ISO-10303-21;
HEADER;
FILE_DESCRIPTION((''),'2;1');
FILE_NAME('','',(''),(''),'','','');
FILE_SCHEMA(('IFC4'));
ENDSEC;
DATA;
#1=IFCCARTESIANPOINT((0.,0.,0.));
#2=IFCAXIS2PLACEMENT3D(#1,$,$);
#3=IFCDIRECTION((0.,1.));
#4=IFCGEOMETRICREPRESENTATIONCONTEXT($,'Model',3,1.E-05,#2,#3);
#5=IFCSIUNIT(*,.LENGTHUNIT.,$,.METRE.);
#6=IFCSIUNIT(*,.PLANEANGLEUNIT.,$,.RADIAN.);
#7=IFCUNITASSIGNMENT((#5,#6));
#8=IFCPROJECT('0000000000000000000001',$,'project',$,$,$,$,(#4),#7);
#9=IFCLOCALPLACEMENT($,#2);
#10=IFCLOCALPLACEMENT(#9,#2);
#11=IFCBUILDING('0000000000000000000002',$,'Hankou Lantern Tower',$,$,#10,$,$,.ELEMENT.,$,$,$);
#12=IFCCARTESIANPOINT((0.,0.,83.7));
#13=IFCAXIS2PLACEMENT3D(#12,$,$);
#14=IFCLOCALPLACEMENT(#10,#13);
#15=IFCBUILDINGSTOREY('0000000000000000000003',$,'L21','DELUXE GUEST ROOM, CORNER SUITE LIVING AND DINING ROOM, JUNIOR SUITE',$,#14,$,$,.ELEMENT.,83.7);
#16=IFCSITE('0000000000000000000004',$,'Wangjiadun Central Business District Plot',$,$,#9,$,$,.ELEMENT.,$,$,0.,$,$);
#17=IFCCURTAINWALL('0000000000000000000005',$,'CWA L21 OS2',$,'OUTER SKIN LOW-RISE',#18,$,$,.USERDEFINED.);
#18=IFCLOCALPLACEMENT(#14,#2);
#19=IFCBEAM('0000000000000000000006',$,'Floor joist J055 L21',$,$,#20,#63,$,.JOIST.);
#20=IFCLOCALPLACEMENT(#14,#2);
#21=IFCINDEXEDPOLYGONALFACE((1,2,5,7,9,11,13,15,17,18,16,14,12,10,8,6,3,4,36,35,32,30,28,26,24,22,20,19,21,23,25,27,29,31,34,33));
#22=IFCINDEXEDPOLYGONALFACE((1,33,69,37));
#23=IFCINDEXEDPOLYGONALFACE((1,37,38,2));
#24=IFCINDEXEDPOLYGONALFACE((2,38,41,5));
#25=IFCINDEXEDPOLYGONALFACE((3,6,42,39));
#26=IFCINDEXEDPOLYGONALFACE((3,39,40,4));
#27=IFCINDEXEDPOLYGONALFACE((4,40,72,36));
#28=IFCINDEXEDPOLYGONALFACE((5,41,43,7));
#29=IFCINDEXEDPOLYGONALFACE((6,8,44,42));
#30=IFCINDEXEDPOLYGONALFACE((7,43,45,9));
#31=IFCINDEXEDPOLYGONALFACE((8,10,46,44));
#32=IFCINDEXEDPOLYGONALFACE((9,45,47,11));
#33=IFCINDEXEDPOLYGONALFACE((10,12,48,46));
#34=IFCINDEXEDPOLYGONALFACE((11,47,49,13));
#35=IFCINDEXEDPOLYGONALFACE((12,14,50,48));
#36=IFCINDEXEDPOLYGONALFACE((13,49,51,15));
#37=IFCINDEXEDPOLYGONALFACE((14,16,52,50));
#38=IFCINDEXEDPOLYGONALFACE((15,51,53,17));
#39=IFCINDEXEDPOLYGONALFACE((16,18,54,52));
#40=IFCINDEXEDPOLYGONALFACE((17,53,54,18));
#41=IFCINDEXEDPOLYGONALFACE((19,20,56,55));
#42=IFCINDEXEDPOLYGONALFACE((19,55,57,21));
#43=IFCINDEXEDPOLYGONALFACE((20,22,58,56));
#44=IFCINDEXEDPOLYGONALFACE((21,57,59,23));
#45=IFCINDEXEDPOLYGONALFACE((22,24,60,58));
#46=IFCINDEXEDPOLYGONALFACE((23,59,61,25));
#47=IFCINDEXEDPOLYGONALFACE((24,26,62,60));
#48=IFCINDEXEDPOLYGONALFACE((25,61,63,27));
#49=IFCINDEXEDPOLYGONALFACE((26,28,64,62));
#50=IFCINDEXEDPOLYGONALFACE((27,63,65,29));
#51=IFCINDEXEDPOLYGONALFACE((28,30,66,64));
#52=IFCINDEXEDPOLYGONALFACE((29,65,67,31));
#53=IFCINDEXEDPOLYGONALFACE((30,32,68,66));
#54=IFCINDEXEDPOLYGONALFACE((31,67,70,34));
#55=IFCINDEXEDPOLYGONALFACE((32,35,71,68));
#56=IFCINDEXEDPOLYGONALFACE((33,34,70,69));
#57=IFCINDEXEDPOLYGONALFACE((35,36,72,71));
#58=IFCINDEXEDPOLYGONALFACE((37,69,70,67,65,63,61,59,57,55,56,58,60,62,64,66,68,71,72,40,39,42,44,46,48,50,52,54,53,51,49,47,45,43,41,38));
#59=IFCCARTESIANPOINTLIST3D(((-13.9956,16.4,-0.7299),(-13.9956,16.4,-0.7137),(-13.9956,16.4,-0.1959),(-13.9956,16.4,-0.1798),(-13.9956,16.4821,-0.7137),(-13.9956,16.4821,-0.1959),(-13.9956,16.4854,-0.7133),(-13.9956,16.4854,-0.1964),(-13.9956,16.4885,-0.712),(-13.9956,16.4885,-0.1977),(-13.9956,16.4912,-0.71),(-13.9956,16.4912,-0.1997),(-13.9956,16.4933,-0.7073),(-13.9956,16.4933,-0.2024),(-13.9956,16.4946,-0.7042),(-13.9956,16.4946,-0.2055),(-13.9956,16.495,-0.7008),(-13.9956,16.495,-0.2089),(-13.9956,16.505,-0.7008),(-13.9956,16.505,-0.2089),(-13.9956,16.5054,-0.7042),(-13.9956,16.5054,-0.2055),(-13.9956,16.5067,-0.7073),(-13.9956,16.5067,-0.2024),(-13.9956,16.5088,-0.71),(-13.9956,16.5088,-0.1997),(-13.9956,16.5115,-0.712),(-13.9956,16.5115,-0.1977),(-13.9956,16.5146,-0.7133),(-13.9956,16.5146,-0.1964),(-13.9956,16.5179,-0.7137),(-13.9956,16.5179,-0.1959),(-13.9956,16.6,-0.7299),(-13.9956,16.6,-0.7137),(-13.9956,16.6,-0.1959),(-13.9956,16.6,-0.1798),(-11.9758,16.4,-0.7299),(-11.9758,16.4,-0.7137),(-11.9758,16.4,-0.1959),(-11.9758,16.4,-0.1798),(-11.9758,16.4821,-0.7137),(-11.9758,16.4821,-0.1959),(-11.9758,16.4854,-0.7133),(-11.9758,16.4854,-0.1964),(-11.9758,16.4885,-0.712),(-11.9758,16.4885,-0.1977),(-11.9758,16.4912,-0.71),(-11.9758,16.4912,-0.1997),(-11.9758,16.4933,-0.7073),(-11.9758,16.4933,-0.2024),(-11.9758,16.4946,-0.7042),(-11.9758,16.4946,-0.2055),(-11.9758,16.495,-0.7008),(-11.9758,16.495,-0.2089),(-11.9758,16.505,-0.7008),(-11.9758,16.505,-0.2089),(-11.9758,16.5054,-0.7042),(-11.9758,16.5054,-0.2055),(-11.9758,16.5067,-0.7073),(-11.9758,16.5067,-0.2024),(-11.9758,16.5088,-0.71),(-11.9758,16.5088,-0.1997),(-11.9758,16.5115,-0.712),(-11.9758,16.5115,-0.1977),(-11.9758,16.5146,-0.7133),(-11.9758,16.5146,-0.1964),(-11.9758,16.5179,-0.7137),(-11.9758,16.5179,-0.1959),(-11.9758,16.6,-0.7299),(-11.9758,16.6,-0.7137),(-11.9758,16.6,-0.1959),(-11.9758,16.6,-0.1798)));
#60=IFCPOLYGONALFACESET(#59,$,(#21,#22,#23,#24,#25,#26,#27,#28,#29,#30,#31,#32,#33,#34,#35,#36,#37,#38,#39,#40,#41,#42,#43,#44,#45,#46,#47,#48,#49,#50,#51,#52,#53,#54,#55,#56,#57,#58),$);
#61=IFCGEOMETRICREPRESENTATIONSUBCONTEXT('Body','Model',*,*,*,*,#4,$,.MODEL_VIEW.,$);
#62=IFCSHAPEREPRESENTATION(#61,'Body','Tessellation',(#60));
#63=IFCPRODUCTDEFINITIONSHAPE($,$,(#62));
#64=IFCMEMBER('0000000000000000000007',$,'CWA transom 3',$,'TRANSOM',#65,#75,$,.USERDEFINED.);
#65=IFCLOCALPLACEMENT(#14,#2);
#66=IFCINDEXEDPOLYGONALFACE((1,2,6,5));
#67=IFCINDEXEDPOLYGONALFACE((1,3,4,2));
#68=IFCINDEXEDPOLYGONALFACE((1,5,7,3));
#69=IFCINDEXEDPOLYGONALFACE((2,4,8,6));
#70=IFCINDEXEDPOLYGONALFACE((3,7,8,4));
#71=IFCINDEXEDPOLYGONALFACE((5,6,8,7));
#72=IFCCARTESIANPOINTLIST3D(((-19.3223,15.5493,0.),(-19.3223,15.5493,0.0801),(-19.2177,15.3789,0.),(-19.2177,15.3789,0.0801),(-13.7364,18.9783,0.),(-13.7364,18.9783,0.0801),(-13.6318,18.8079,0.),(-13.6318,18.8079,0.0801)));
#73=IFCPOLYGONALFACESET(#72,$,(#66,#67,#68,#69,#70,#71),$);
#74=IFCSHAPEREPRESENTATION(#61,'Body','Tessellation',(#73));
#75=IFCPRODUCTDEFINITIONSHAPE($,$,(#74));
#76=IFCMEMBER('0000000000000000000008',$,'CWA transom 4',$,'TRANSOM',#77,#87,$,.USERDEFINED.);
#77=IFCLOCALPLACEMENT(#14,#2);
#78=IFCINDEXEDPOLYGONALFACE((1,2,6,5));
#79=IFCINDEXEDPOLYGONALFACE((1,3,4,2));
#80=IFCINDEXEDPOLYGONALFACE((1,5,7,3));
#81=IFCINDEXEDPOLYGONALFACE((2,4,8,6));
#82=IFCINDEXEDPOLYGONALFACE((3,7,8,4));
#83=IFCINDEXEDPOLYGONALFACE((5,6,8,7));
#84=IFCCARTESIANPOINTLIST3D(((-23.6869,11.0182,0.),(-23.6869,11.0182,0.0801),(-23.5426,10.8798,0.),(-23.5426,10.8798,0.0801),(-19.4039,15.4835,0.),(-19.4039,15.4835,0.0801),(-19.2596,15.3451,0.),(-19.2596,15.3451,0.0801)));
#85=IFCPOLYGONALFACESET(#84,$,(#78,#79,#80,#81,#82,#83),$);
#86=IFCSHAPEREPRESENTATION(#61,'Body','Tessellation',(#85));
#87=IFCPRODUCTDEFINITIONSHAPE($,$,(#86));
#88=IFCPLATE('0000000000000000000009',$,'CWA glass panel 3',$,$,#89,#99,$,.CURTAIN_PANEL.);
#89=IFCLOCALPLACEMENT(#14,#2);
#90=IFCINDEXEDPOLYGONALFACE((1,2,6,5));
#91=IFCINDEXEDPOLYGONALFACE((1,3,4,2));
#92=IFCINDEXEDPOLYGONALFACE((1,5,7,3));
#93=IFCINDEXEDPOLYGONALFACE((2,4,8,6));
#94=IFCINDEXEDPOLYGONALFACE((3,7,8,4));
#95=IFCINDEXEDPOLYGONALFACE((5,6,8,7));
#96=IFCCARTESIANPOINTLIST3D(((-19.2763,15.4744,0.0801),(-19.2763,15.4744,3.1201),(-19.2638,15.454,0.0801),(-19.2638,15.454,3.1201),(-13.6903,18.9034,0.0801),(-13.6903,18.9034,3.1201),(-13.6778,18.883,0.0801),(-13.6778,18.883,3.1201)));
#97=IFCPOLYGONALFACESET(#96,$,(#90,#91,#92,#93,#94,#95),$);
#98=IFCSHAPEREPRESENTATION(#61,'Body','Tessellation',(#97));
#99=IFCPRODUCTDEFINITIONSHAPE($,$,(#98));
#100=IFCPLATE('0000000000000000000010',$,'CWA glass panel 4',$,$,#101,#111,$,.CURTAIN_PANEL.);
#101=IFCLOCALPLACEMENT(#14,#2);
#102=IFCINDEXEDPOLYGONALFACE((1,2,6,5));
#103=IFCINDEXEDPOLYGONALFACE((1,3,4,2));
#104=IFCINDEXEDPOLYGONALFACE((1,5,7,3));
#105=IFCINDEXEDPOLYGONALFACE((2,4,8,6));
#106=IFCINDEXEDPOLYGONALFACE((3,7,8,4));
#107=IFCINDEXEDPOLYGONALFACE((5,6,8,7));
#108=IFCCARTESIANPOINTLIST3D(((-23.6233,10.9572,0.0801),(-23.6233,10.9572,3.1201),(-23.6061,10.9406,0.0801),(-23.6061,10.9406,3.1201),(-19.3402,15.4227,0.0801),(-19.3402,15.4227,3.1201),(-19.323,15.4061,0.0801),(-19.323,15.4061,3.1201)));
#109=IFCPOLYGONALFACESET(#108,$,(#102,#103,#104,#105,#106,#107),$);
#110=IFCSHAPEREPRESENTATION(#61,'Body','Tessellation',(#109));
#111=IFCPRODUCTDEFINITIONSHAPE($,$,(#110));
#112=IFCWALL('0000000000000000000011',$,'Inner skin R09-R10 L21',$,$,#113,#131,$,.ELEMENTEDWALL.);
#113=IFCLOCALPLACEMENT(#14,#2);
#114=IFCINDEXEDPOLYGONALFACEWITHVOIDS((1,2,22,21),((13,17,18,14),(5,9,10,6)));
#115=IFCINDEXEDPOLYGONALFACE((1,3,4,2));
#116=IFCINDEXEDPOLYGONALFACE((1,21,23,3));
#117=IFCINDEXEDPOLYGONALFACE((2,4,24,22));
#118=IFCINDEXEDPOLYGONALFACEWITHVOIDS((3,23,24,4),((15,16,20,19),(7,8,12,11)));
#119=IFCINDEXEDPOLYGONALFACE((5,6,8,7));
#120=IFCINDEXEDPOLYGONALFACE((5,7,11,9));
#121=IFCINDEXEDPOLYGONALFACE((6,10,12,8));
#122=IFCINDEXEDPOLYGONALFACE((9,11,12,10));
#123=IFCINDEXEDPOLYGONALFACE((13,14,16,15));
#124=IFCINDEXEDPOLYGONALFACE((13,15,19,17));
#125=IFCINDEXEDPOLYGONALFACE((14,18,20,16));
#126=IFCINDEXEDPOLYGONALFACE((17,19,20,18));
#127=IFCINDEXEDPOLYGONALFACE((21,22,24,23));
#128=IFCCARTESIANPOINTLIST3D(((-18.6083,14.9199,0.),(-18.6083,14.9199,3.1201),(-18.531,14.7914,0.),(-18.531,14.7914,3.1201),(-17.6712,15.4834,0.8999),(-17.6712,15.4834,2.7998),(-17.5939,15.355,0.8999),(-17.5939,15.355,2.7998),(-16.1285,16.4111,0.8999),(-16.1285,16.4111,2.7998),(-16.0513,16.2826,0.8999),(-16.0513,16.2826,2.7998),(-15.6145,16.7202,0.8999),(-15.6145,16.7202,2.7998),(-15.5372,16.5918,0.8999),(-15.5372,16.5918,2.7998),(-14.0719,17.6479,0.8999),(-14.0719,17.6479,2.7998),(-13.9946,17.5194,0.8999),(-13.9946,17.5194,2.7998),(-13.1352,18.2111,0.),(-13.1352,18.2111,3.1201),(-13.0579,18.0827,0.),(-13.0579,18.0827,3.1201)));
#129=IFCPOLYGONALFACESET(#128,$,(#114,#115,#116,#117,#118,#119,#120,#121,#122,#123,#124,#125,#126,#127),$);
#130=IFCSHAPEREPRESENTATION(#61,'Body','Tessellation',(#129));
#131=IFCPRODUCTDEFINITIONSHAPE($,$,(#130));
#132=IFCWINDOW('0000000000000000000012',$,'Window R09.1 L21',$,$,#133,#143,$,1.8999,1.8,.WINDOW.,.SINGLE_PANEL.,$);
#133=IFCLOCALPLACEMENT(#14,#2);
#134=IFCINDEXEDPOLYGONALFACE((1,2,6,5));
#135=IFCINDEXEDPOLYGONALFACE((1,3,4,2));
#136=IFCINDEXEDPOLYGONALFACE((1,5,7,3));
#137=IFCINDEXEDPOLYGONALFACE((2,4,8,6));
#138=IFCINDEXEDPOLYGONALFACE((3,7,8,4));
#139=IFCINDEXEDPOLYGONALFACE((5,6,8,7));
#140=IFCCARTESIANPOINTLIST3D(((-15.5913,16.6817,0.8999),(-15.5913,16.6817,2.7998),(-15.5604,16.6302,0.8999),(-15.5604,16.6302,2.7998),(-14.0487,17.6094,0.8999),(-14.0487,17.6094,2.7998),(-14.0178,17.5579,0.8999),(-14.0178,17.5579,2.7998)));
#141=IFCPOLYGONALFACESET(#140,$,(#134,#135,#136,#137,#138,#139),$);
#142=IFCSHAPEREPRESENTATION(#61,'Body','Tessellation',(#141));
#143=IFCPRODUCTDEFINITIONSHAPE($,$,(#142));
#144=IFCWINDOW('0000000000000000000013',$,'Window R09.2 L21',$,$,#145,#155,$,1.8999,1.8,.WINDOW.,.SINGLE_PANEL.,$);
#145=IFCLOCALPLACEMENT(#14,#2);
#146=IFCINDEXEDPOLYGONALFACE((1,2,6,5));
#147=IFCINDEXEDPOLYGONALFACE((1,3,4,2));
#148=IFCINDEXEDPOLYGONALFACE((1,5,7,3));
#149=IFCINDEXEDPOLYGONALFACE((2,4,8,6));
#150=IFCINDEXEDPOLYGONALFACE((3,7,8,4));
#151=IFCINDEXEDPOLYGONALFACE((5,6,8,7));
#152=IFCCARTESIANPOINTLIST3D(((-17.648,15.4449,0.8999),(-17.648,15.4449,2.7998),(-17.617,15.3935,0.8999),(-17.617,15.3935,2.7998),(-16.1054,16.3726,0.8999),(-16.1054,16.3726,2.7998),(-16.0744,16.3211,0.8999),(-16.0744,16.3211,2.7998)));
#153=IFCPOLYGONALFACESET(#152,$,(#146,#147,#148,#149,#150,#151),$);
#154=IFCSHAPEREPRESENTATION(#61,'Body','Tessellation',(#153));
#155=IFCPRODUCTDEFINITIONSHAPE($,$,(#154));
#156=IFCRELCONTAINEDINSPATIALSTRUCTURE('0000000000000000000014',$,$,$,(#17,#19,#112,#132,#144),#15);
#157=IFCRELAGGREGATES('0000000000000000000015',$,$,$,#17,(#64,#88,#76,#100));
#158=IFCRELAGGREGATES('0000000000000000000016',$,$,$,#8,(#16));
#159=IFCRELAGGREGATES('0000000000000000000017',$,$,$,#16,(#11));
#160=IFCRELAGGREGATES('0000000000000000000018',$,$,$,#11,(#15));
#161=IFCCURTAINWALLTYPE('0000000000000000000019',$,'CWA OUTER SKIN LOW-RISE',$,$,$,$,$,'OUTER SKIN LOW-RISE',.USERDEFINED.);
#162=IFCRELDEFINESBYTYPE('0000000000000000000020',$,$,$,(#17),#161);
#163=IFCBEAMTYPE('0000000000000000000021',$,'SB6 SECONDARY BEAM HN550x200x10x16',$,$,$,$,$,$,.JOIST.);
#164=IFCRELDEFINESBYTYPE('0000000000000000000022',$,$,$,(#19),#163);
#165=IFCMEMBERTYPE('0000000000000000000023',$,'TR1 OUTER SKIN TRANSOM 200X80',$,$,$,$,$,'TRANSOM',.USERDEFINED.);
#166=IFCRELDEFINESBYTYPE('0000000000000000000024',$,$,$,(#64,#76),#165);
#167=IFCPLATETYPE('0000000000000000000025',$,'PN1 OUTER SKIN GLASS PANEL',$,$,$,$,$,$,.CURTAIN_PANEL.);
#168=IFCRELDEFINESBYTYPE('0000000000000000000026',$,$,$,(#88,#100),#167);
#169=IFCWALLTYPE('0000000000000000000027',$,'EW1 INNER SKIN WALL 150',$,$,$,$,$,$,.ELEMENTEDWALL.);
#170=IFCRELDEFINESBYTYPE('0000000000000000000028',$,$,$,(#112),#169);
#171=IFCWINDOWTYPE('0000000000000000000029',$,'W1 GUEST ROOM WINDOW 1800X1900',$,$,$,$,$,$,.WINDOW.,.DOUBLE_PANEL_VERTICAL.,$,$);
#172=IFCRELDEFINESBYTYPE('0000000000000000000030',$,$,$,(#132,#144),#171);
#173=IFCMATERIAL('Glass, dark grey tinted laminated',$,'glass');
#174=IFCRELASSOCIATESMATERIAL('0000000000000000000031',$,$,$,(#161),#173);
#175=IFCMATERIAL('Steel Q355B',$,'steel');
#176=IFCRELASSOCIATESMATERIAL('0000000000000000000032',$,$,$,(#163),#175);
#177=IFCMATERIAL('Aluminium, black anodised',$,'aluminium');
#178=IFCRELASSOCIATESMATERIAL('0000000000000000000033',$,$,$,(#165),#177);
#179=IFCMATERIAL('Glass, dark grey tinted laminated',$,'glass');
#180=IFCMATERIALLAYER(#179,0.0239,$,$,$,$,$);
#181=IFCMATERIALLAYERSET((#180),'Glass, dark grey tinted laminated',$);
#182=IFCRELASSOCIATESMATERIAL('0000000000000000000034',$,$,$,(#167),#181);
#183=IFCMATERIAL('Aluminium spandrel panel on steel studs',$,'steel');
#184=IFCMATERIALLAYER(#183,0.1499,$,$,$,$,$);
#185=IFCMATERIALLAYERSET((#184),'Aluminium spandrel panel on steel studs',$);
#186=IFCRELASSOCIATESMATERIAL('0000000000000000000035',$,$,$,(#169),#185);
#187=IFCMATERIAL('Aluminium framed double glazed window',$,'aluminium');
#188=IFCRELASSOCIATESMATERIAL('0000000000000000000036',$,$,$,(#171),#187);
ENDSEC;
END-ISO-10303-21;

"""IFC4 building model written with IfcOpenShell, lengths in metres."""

from ifc_helpers import new_model, si_unit, direction, frame, frame_2d, origin, origin_2d, place, context, subcontext, project, spatial, rectangle, i_section, extrude, material, layer, layer_set, material_profile, profile_set, type_object, element, fill, aggregate, save


model = new_model("IFC4")

# Units and contexts
model_context = context("Model", 3, precision=1e-05, world=origin(), true_north=direction((0.0, 1.0)))
body_context = subcontext(model_context, "Body", "Model", "MODEL_VIEW")
ifc_project = project(units=[si_unit("LENGTHUNIT", "METRE"), si_unit("PLANEANGLEUNIT", "RADIAN")], contexts=[model_context])

# Site, building, storey
site_placement = place(None, origin())
site = spatial("IfcSite", under=ifc_project, at=site_placement, Name="Wangjiadun Central Business District Plot", CompositionType="ELEMENT", RefElevation=0.0)
building_placement = place(site_placement, origin())
building = spatial("IfcBuilding", under=site, at=building_placement, Name="Hankou Lantern Tower", CompositionType="ELEMENT")
storey_placement = place(building_placement, frame((0.0, 0.0, 83.7)))
storey = spatial("IfcBuildingStorey", under=building, at=storey_placement, Name="L21", Description="DELUXE GUEST ROOM, CORNER SUITE LIVING AND DINING ROOM, JUNIOR SUITE", CompositionType="ELEMENT", Elevation=83.7)

# Curtain wall
ifc_material_1 = material(Name="Glass, dark grey tinted laminated", Category="glass")
curtain_wall_type = type_object("IfcCurtainWallType", Name="CWA OUTER SKIN LOW-RISE", ElementType="OUTER SKIN LOW-RISE", PredefinedType="USERDEFINED", material=ifc_material_1)
curtain_wall_placement = place(storey_placement, origin())
curtain_wall = element("IfcCurtainWall", 1, at=curtain_wall_placement, inside=storey, type_object=curtain_wall_type, Name="CWA L21 OS2", ObjectType="OUTER SKIN LOW-RISE", PredefinedType="USERDEFINED")

# Beam
ifc_material_2 = material(Name="Steel Q355B", Category="steel")
ifc_material_profile_1 = material_profile(ifc_material_2, i_section(OverallWidth=0.2, OverallDepth=0.55, WebThickness=0.01, FlangeThickness=0.0161, FilletRadius=0.0129, at=origin_2d()), Name="HN550x200x10x16")
ifc_profile_set_1 = profile_set([ifc_material_profile_1], Name="Steel Q355B")
beam_type_1 = type_object("IfcBeamType", Name="SB6 SECONDARY BEAM HN550x200x10x16", PredefinedType="JOIST", material=ifc_profile_set_1)
beam_1_placement = place(storey_placement, frame((-13.9956, 16.5, -0.4548), z_axis=(1.0, 0.0, 0.0), x_axis=(0.0, 1.0, 0.0)))
element("IfcBeam", 2, at=beam_1_placement, inside=storey, type_object=beam_type_1, Name="Floor joist J055 L21", PredefinedType="JOIST", context=body_context, shape_type="SweptSolid", body=[
    extrude(i_section(OverallWidth=0.2, OverallDepth=0.55, WebThickness=0.01, FlangeThickness=0.0161, FilletRadius=0.0129, at=origin_2d()), origin(), (0.0, 0.0, 1.0), 2.0198),
])

# Members
ifc_material_3 = material(Name="Aluminium, black anodised", Category="aluminium")
ifc_material_profile_2 = material_profile(ifc_material_3, rectangle(XDim=0.2, YDim=0.0801, at=origin_2d()), Name="TR1 200X80")
ifc_profile_set_2 = profile_set([ifc_material_profile_2], Name="Aluminium, black anodised")
member_type_1 = type_object("IfcMemberType", Name="TR1 OUTER SKIN TRANSOM 200X80", ElementType="TRANSOM", PredefinedType="USERDEFINED", material=ifc_profile_set_2)
member_1_placement = place(storey_placement, frame((-13.6841, 18.8931, 0.04), z_axis=(-0.85224, -0.523152, 0.0), x_axis=(0.523152, -0.85224, 0.0)))
member_1 = element("IfcMember", 3, at=member_1_placement, type_object=member_type_1, Name="CWA transom 3", ObjectType="TRANSOM", PredefinedType="USERDEFINED", context=body_context, shape_type="SweptSolid", body=[
    extrude(rectangle(XDim=0.2, YDim=0.0801, at=origin_2d()), origin(), (0.0, 0.0, 1.0), 6.5544),
])
member_2_placement = place(storey_placement, frame((-19.3318, 15.4143, 0.04), z_axis=(-0.692216, -0.721691, 0.0), x_axis=(0.721691, -0.692216, 0.0)))
member_2 = element("IfcMember", 4, at=member_2_placement, type_object=member_type_1, Name="CWA transom 4", ObjectType="TRANSOM", PredefinedType="USERDEFINED", context=body_context, shape_type="SweptSolid", body=[
    extrude(rectangle(XDim=0.2, YDim=0.0801, at=origin_2d()), origin(), (0.0, 0.0, 1.0), 6.1873),
])

# Plates
ifc_material_4 = material(Name="Glass, dark grey tinted laminated", Category="glass")
ifc_layer_1 = layer(ifc_material_4, 0.0239)
ifc_layer_set_1 = layer_set([ifc_layer_1], Name="Glass, dark grey tinted laminated")
plate_type = type_object("IfcPlateType", Name="PN1 OUTER SKIN GLASS PANEL", PredefinedType="CURTAIN_PANEL", material=ifc_layer_set_1)
plate_1_placement = place(storey_placement, frame((-16.4771, 17.1787, 0.0801), z_axis=(0.0, 0.0, 1.0), x_axis=(-0.852237, -0.523156, 0.0)))
plate_1 = element("IfcPlate", 5, at=plate_1_placement, type_object=plate_type, Name="CWA glass panel 3", PredefinedType="CURTAIN_PANEL", context=body_context, shape_type="SweptSolid", body=[
    extrude(rectangle(XDim=6.5544, YDim=0.0239, at=origin_2d()), origin(), (0.0, 0.0, 1.0), 3.04),
])
plate_2_placement = place(storey_placement, frame((-21.4731, 13.1816, 0.0801), z_axis=(0.0, 0.0, 1.0), x_axis=(-0.692216, -0.721691, 0.0)))
plate_2 = element("IfcPlate", 6, at=plate_2_placement, type_object=plate_type, Name="CWA glass panel 4", PredefinedType="CURTAIN_PANEL", context=body_context, shape_type="SweptSolid", body=[
    extrude(rectangle(XDim=6.1875, YDim=0.0239, at=origin_2d()), origin(), (0.0, 0.0, 1.0), 3.04),
])
aggregate(curtain_wall, [member_1, plate_1, member_2, plate_2])

# Wall, openings, windows
ifc_material_5 = material(Name="Aluminium spandrel panel on steel studs", Category="steel")
ifc_layer_2 = layer(ifc_material_5, 0.1499)
ifc_layer_set_2 = layer_set([ifc_layer_2], Name="Aluminium spandrel panel on steel studs")
wall_type_1 = type_object("IfcWallType", Name="EW1 INNER SKIN WALL 150", PredefinedType="ELEMENTEDWALL", material=ifc_layer_set_2)
wall_1_placement = place(storey_placement, frame((-13.0964, 18.147, 0.0), z_axis=(0.0, 0.0, 1.0), x_axis=(-0.856983, -0.515344, 0.0)))
wall_1 = element("IfcWall", 7, at=wall_1_placement, inside=storey, type_object=wall_type_1, Name="Inner skin R09-R10 L21", PredefinedType="ELEMENTEDWALL", context=body_context, shape_type="SweptSolid", body=[
    extrude(rectangle(XDim=6.3865, YDim=0.1499, at=frame_2d((3.1934, 0.0))), origin(), (0.0, 0.0, 1.0), 3.1201),
])
opening_1_placement = place(wall_1_placement, frame((1.0933, 0.0, 0.8999)))
opening_1 = element("IfcOpeningElement", 8, at=opening_1_placement, cuts=wall_1, PredefinedType="OPENING", context=body_context, shape_type="SweptSolid", body=[
    extrude(rectangle(XDim=1.8, YDim=1.8999, at=frame_2d((0.8999, 0.95))), frame((0.0, 0.085, 0.0), z_axis=(0.0, -1.0, 0.0), x_axis=(1.0, 0.0, 0.0)), (0.0, 0.0, 1.0), 0.1699),
])
opening_2_placement = place(wall_1_placement, frame((3.4932, 0.0, 0.8999)))
opening_2 = element("IfcOpeningElement", 9, at=opening_2_placement, cuts=wall_1, PredefinedType="OPENING", context=body_context, shape_type="SweptSolid", body=[
    extrude(rectangle(XDim=1.8, YDim=1.8999, at=frame_2d((0.8999, 0.95))), frame((0.0, 0.085, 0.0), z_axis=(0.0, -1.0, 0.0), x_axis=(1.0, 0.0, 0.0)), (0.0, 0.0, 1.0), 0.1699),
])
ifc_material_6 = material(Name="Aluminium framed double glazed window", Category="aluminium")
window_type = type_object("IfcWindowType", Name="W1 GUEST ROOM WINDOW 1800X1900", PartitioningType="DOUBLE_PANEL_VERTICAL", PredefinedType="WINDOW", material=ifc_material_6)
window_1_placement = place(opening_1_placement, origin())
window_1 = element("IfcWindow", 10, at=window_1_placement, inside=storey, type_object=window_type, Name="Window R09.1 L21", OverallHeight=1.8999, OverallWidth=1.8, PartitioningType="SINGLE_PANEL", PredefinedType="WINDOW", context=body_context, shape_type="SweptSolid", body=[
    extrude(rectangle(XDim=1.8, YDim=1.8999, at=frame_2d((0.8999, 0.95))), frame((0.0, 0.03, 0.0), z_axis=(0.0, -1.0, 0.0), x_axis=(1.0, 0.0, 0.0)), (0.0, 0.0, 1.0), 0.0601),
])
fill(opening_1, window_1)
window_2_placement = place(opening_2_placement, origin())
window_2 = element("IfcWindow", 11, at=window_2_placement, inside=storey, type_object=window_type, Name="Window R09.2 L21", OverallHeight=1.8999, OverallWidth=1.8, PartitioningType="SINGLE_PANEL", PredefinedType="WINDOW", context=body_context, shape_type="SweptSolid", body=[
    extrude(rectangle(XDim=1.8, YDim=1.8999, at=frame_2d((0.8999, 0.95))), frame((0.0, 0.03, 0.0), z_axis=(0.0, -1.0, 0.0), x_axis=(1.0, 0.0, 0.0)), (0.0, 0.0, 1.0), 0.0601),
])
fill(opening_2, window_2)

save(model, "model.ifc")
